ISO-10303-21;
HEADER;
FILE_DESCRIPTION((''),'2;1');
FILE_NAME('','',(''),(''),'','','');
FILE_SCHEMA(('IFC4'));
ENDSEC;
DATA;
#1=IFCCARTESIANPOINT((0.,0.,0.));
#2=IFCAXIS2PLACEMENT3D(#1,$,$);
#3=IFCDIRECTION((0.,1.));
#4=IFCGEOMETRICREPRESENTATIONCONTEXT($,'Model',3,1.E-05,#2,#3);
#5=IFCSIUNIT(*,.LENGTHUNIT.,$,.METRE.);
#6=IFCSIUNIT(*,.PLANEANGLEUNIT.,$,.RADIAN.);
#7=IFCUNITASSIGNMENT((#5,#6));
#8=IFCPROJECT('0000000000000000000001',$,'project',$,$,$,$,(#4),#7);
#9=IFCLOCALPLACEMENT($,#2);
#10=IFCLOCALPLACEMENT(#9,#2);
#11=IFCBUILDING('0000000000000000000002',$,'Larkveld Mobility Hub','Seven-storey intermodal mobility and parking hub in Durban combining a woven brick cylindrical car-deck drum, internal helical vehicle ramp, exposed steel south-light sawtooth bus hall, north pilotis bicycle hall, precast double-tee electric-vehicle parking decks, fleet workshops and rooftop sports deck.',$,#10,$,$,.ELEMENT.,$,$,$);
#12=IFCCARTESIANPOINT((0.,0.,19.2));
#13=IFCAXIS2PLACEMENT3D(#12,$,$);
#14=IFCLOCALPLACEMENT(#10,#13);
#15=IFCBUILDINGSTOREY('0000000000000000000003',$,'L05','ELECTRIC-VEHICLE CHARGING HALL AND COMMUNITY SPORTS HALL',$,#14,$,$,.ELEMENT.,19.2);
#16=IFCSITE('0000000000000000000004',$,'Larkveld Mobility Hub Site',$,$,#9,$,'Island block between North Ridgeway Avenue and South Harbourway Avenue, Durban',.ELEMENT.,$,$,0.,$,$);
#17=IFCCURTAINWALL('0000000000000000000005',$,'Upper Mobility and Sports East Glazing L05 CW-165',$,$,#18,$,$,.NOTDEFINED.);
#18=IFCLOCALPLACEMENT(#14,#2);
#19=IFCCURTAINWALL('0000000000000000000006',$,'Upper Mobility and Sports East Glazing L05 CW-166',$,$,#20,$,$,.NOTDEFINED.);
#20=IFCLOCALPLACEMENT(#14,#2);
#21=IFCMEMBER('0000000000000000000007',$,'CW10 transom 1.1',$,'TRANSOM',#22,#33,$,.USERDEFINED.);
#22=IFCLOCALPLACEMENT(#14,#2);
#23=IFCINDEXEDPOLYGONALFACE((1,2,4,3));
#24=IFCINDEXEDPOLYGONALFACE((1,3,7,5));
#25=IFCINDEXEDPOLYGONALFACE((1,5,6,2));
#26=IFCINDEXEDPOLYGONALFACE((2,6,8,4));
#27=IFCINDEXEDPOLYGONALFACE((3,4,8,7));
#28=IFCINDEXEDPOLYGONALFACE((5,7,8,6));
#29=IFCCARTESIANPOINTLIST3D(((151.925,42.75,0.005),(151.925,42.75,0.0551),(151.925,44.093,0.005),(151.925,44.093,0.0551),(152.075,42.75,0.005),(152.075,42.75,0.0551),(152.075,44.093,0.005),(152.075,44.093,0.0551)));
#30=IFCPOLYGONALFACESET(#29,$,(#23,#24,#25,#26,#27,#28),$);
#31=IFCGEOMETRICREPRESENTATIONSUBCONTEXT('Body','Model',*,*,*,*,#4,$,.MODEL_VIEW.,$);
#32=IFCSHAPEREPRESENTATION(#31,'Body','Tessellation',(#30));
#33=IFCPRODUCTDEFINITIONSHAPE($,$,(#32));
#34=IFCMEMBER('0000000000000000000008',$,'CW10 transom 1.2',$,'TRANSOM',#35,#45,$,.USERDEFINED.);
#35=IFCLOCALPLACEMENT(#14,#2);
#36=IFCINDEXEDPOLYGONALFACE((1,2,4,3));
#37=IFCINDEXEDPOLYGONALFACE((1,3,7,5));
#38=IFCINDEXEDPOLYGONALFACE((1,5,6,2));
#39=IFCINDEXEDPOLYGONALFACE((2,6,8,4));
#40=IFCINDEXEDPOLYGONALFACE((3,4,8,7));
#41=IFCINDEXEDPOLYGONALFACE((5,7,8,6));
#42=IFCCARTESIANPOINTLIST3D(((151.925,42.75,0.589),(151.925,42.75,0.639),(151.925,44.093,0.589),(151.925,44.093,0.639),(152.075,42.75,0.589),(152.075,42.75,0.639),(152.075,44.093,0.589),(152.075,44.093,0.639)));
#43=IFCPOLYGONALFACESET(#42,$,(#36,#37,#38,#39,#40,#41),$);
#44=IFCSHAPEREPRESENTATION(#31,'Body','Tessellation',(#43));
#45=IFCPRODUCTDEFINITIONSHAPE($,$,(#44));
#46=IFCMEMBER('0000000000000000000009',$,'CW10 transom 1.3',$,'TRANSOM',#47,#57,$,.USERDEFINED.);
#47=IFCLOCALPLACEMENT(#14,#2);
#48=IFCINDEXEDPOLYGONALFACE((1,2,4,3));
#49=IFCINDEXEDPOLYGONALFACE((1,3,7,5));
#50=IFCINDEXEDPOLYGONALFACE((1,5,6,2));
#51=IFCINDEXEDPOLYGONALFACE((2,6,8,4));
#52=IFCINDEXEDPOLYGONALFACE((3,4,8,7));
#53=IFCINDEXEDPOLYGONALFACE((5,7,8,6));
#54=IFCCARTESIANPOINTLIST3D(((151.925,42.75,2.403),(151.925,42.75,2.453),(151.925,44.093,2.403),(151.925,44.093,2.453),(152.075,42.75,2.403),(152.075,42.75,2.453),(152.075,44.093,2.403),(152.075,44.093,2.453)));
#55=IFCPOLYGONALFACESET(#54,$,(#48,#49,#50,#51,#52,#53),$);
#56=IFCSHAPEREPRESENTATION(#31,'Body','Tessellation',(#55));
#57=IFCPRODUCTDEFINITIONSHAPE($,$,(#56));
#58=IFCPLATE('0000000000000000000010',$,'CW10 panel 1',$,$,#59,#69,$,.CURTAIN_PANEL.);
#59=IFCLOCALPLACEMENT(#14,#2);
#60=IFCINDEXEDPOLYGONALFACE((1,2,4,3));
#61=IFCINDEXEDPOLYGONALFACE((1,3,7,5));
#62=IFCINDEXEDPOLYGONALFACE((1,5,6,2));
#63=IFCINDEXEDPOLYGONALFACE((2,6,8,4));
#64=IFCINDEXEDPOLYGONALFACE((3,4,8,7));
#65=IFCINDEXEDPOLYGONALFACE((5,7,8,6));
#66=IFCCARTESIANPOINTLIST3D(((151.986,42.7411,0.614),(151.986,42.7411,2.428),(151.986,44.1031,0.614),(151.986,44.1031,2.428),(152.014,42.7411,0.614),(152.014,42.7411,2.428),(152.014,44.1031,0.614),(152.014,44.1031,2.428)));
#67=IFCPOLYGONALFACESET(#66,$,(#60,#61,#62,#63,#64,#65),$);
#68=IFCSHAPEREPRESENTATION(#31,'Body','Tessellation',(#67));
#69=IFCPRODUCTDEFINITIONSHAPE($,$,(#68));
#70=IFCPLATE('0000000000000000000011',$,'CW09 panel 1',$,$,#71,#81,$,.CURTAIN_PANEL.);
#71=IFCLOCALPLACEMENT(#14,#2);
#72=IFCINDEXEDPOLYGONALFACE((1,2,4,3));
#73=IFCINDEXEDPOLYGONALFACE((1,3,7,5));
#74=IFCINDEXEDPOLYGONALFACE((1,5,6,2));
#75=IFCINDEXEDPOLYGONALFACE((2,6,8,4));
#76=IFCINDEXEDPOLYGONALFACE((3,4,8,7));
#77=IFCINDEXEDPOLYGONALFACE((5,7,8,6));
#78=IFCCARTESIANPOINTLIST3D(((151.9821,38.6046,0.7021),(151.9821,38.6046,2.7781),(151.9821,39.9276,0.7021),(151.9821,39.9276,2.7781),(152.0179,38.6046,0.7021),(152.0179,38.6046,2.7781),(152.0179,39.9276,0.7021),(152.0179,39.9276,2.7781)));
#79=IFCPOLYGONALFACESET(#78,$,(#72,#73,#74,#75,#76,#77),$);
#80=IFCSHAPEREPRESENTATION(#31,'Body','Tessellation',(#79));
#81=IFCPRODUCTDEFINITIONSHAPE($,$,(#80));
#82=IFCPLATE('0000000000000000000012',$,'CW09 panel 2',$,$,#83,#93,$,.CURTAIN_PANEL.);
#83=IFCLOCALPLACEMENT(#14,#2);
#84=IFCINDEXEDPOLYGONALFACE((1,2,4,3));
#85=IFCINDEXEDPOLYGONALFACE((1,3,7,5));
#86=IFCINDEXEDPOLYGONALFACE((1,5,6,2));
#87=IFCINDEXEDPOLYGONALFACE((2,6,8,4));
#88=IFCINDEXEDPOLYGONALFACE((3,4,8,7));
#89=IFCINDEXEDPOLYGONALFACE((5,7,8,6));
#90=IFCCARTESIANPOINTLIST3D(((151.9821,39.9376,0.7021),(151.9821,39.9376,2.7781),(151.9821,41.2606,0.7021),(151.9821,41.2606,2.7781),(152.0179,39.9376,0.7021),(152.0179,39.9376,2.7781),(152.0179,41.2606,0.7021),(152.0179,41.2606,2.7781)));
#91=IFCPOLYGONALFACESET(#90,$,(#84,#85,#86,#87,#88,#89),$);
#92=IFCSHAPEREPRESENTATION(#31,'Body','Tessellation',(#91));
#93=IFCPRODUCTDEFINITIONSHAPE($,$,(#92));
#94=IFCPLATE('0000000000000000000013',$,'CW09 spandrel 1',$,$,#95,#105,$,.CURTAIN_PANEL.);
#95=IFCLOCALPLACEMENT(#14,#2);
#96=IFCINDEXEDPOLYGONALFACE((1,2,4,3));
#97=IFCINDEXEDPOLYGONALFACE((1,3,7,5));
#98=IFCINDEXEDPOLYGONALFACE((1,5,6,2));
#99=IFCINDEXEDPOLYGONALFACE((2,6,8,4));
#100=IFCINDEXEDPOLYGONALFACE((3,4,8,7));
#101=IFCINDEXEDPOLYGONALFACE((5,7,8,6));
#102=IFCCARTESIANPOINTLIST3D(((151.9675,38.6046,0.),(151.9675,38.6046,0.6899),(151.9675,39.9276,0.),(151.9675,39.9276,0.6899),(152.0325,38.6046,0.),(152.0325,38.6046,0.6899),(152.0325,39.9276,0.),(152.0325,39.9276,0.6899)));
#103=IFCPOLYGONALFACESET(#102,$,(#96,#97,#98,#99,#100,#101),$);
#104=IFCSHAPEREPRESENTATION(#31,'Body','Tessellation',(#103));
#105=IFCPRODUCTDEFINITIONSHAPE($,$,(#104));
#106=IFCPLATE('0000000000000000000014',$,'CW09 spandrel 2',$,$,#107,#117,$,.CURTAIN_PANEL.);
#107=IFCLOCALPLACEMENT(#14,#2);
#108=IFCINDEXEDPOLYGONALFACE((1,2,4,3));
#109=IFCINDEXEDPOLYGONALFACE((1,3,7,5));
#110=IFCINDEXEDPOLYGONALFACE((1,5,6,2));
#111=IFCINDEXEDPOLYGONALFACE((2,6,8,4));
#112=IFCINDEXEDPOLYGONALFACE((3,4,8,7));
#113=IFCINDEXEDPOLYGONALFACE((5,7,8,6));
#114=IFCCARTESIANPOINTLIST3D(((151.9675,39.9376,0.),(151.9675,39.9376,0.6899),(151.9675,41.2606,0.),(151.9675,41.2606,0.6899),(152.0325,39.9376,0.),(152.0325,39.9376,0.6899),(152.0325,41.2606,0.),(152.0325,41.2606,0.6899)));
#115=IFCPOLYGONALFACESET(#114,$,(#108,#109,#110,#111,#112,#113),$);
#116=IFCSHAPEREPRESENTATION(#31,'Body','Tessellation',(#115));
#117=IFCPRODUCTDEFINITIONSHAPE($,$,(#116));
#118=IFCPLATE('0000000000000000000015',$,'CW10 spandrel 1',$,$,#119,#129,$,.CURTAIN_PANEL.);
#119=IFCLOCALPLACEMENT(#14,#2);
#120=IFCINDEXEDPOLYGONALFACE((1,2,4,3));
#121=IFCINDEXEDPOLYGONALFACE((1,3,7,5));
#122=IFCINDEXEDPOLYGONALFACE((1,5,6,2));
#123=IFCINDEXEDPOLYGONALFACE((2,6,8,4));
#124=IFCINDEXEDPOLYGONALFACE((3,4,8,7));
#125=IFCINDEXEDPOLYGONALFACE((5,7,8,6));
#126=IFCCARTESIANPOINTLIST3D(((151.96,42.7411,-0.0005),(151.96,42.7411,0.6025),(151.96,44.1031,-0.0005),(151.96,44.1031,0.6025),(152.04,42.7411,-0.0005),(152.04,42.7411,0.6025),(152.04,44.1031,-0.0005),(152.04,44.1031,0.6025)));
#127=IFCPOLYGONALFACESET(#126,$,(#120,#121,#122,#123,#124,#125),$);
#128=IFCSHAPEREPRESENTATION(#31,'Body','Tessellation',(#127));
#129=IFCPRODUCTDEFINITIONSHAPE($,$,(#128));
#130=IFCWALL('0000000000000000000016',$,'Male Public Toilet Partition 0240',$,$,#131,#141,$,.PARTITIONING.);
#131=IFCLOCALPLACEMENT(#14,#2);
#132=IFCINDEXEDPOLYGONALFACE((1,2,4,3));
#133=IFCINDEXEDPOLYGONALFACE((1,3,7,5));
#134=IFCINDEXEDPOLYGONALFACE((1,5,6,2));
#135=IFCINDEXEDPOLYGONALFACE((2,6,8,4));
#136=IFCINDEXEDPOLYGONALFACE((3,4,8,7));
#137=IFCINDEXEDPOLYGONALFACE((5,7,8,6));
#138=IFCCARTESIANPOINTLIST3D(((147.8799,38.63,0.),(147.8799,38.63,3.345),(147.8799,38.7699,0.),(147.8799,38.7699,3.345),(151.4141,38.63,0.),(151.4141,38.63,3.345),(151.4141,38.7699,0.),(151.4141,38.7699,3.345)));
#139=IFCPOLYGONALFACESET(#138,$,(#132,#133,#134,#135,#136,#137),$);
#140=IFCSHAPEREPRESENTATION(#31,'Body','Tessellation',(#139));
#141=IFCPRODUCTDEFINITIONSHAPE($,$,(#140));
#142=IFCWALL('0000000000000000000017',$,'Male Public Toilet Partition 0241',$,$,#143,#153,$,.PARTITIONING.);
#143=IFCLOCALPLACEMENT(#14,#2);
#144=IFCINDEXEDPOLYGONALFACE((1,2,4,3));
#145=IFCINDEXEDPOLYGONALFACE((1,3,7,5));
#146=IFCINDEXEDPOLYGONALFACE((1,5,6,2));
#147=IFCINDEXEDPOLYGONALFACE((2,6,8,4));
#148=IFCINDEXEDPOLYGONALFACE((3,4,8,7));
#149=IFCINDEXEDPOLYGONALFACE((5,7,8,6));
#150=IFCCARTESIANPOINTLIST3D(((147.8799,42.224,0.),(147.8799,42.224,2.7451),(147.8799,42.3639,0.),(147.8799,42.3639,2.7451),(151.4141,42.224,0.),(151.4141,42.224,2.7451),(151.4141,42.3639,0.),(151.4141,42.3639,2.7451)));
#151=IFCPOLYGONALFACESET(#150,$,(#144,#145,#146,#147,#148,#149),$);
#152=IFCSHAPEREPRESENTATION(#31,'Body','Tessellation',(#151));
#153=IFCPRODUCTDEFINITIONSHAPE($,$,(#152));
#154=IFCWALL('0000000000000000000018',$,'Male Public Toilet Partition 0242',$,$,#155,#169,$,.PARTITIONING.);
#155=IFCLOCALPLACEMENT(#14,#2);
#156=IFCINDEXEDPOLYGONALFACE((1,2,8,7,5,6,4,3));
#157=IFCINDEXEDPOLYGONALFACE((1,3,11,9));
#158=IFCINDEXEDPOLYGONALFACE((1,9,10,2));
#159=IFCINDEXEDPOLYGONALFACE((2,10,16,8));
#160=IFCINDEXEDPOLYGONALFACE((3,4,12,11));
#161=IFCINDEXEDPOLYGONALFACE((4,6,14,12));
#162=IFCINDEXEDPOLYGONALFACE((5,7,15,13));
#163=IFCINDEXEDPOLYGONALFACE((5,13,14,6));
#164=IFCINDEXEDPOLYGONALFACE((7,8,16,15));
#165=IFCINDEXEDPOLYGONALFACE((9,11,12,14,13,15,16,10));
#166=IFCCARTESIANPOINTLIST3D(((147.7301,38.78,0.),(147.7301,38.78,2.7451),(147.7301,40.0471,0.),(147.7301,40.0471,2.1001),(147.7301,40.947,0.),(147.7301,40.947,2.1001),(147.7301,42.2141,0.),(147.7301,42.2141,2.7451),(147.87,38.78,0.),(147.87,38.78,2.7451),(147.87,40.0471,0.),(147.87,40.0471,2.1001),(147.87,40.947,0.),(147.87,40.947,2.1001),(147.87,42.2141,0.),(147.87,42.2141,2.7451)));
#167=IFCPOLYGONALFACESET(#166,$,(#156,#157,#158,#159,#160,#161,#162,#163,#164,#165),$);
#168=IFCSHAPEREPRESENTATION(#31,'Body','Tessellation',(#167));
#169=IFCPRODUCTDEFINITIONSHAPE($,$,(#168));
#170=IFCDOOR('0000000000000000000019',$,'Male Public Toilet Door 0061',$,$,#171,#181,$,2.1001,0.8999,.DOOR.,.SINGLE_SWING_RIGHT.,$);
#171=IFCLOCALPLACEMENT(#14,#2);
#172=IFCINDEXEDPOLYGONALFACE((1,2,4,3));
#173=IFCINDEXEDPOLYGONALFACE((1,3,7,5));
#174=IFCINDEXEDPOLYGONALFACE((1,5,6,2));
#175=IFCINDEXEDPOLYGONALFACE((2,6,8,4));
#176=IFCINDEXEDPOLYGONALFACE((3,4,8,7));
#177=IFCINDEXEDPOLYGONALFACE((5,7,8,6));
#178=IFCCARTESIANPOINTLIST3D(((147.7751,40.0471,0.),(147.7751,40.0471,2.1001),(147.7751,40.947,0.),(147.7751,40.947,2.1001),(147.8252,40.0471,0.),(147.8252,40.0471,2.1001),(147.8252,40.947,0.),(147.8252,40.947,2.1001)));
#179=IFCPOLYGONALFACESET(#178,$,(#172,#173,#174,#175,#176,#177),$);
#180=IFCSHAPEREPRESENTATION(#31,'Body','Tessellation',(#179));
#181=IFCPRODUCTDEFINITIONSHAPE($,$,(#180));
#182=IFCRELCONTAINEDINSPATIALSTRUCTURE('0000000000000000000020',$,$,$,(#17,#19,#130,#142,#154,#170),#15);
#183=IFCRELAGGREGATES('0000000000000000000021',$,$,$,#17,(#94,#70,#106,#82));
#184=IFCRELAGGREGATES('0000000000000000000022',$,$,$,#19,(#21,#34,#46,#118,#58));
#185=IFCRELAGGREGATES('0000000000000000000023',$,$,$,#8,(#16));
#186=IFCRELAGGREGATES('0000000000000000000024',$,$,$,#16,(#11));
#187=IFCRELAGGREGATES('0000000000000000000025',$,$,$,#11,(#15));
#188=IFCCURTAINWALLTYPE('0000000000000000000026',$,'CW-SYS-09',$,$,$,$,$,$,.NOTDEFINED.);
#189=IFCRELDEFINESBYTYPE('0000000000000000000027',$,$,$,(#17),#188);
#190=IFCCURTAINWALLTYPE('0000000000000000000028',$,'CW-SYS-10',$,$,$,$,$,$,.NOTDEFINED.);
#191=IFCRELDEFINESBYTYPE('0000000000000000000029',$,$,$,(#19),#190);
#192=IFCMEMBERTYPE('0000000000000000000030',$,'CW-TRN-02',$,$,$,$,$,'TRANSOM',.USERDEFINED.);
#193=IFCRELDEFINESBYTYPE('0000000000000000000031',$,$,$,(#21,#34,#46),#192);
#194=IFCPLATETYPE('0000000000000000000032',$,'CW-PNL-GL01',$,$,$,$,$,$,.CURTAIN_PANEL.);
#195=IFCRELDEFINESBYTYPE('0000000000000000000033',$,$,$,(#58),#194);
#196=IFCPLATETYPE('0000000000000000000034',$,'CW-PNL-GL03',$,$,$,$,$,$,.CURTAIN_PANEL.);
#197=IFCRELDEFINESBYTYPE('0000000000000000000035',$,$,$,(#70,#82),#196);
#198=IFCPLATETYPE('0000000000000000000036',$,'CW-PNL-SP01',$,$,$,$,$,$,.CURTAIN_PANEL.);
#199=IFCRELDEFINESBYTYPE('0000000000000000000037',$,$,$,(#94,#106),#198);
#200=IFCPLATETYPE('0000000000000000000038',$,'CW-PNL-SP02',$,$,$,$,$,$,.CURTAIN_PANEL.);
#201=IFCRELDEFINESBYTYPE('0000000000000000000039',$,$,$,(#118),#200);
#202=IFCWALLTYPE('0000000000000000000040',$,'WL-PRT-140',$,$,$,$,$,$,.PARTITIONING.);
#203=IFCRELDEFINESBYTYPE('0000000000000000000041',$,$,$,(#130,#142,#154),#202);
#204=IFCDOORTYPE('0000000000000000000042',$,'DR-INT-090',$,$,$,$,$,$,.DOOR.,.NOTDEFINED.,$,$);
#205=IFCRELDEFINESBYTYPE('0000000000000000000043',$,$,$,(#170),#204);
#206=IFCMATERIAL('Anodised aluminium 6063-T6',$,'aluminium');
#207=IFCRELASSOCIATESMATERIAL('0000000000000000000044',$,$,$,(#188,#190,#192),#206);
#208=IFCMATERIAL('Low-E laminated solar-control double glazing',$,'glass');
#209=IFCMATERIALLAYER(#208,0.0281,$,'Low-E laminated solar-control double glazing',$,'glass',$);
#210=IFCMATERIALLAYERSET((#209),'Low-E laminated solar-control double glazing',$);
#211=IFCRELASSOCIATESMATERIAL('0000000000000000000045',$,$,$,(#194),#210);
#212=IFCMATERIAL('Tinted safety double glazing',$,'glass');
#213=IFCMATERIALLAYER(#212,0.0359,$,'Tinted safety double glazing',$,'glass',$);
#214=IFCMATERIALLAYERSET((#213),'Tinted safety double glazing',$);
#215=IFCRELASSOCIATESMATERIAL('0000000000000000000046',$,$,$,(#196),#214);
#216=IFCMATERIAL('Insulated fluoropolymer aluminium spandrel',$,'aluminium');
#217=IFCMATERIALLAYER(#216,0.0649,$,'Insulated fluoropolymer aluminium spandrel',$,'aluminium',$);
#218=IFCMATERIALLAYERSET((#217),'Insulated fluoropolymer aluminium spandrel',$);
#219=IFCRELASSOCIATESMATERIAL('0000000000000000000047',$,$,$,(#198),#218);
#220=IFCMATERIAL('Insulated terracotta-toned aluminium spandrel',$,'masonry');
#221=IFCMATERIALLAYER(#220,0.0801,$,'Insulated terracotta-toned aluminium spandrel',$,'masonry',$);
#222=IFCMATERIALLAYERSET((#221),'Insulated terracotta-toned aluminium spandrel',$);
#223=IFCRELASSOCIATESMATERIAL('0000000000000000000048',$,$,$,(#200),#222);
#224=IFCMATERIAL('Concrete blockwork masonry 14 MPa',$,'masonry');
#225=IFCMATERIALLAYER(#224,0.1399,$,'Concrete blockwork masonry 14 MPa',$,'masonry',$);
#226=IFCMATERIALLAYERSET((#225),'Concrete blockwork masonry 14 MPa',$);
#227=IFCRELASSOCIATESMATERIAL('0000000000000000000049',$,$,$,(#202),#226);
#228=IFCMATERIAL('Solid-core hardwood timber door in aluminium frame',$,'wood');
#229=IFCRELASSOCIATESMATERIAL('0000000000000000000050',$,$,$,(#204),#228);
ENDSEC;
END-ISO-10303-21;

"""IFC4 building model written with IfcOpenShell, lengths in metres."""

from ifc_helpers import new_model, si_unit, direction, frame, frame_2d, origin, origin_2d, place, context, subcontext, project, spatial, rectangle, extrude, material, layer, layer_set, material_profile, profile_set, type_object, element, fill, aggregate, save


model = new_model("IFC4")

# Units and contexts
model_context = context("Model", 3, precision=1e-05, world=origin(), true_north=direction((0.0, 1.0)))
body_context = subcontext(model_context, "Body", "Model", "MODEL_VIEW")
ifc_project = project(units=[si_unit("LENGTHUNIT", "METRE"), si_unit("PLANEANGLEUNIT", "RADIAN")], contexts=[model_context])

# Site, building, storey
site_placement = place(None, origin())
site = spatial("IfcSite", under=ifc_project, at=site_placement, Name="Larkveld Mobility Hub Site", LongName="Island block between North Ridgeway Avenue and South Harbourway Avenue, Durban", CompositionType="ELEMENT", RefElevation=0.0)
building_placement = place(site_placement, origin())
building = spatial("IfcBuilding", under=site, at=building_placement, Name="Larkveld Mobility Hub", Description="Seven-storey intermodal mobility and parking hub in Durban combining a woven brick cylindrical car-deck drum, internal helical vehicle ramp, exposed steel south-light sawtooth bus hall, north pilotis bicycle hall, precast double-tee electric-vehicle parking decks, fleet workshops and rooftop sports deck.", CompositionType="ELEMENT")
storey_placement = place(building_placement, frame((0.0, 0.0, 19.2)))
storey = spatial("IfcBuildingStorey", under=building, at=storey_placement, Name="L05", Description="ELECTRIC-VEHICLE CHARGING HALL AND COMMUNITY SPORTS HALL", CompositionType="ELEMENT", Elevation=19.2)

# Curtain walls
ifc_material_1 = material(Name="Anodised aluminium 6063-T6", Category="aluminium")
curtain_wall_type_1 = type_object("IfcCurtainWallType", Name="CW-SYS-09", PredefinedType="NOTDEFINED", material=ifc_material_1)
curtain_wall_1_placement = place(storey_placement, origin())
curtain_wall_1 = element("IfcCurtainWall", 1, at=curtain_wall_1_placement, inside=storey, type_object=curtain_wall_type_1, Name="Upper Mobility and Sports East Glazing L05 CW-165", PredefinedType="NOTDEFINED")
curtain_wall_type_2 = type_object("IfcCurtainWallType", Name="CW-SYS-10", PredefinedType="NOTDEFINED", material=ifc_material_1)
curtain_wall_2_placement = place(storey_placement, origin())
curtain_wall_2 = element("IfcCurtainWall", 2, at=curtain_wall_2_placement, inside=storey, type_object=curtain_wall_type_2, Name="Upper Mobility and Sports East Glazing L05 CW-166", PredefinedType="NOTDEFINED")

# Members
ifc_material_profile_1 = material_profile(ifc_material_1, rectangle(XDim=0.1499, YDim=0.05, at=origin_2d()), Name="ALU TRAN 50x150")
ifc_profile_set_1 = profile_set([ifc_material_profile_1], Name="Anodised aluminium 6063-T6")
member_type_1 = type_object("IfcMemberType", Name="CW-TRN-02", ElementType="TRANSOM", PredefinedType="USERDEFINED", material=ifc_profile_set_1)
member_1_placement = place(storey_placement, frame((152.0, 42.75, 0.03), z_axis=(0.0, 1.0, 0.0), x_axis=(-1.0, 0.0, 0.0)))
member_1 = element("IfcMember", 3, at=member_1_placement, type_object=member_type_1, Name="CW10 transom 1.1", ObjectType="TRANSOM", PredefinedType="USERDEFINED", context=body_context, shape_type="SweptSolid", body=[
    extrude(rectangle(XDim=0.1499, YDim=0.05, at=origin_2d()), origin(), (0.0, 0.0, 1.0), 1.343),
])
member_2_placement = place(storey_placement, frame((152.0, 42.75, 0.614), z_axis=(0.0, 1.0, 0.0), x_axis=(-1.0, 0.0, 0.0)))
member_2 = element("IfcMember", 4, at=member_2_placement, type_object=member_type_1, Name="CW10 transom 1.2", ObjectType="TRANSOM", PredefinedType="USERDEFINED", context=body_context, shape_type="SweptSolid", body=[
    extrude(rectangle(XDim=0.1499, YDim=0.05, at=origin_2d()), origin(), (0.0, 0.0, 1.0), 1.343),
])
member_3_placement = place(storey_placement, frame((152.0, 42.75, 2.428), z_axis=(0.0, 1.0, 0.0), x_axis=(-1.0, 0.0, 0.0)))
member_3 = element("IfcMember", 5, at=member_3_placement, type_object=member_type_1, Name="CW10 transom 1.3", ObjectType="TRANSOM", PredefinedType="USERDEFINED", context=body_context, shape_type="SweptSolid", body=[
    extrude(rectangle(XDim=0.1499, YDim=0.05, at=origin_2d()), origin(), (0.0, 0.0, 1.0), 1.343),
])

# Plates
ifc_material_2 = material(Name="Low-E laminated solar-control double glazing", Category="glass")
ifc_layer_1 = layer(ifc_material_2, 0.0281, Name="Low-E laminated solar-control double glazing", Category="glass")
ifc_layer_set_1 = layer_set([ifc_layer_1], Name="Low-E laminated solar-control double glazing")
plate_type_1 = type_object("IfcPlateType", Name="CW-PNL-GL01", PredefinedType="CURTAIN_PANEL", material=ifc_layer_set_1)
plate_1_placement = place(storey_placement, frame((152.0, 43.4221, 0.614), z_axis=(0.0, 0.0, 1.0), x_axis=(0.0, 1.0, 0.0)))
plate_1 = element("IfcPlate", 6, at=plate_1_placement, type_object=plate_type_1, Name="CW10 panel 1", PredefinedType="CURTAIN_PANEL", context=body_context, shape_type="SweptSolid", body=[
    extrude(rectangle(XDim=1.3621, YDim=0.0281, at=origin_2d()), origin(), (0.0, 0.0, 1.0), 1.814),
])
ifc_material_3 = material(Name="Tinted safety double glazing", Category="glass")
ifc_layer_2 = layer(ifc_material_3, 0.0359, Name="Tinted safety double glazing", Category="glass")
ifc_layer_set_2 = layer_set([ifc_layer_2], Name="Tinted safety double glazing")
plate_type_2 = type_object("IfcPlateType", Name="CW-PNL-GL03", PredefinedType="CURTAIN_PANEL", material=ifc_layer_set_2)
plate_2_placement = place(storey_placement, frame((152.0, 39.2661, 0.7021), z_axis=(0.0, 0.0, 1.0), x_axis=(0.0, 1.0, 0.0)))
plate_2 = element("IfcPlate", 7, at=plate_2_placement, type_object=plate_type_2, Name="CW09 panel 1", PredefinedType="CURTAIN_PANEL", context=body_context, shape_type="SweptSolid", body=[
    extrude(rectangle(XDim=1.323, YDim=0.0359, at=origin_2d()), origin(), (0.0, 0.0, 1.0), 2.0759),
])
plate_3_placement = place(storey_placement, frame((152.0, 40.5991, 0.7021), z_axis=(0.0, 0.0, 1.0), x_axis=(0.0, 1.0, 0.0)))
plate_3 = element("IfcPlate", 8, at=plate_3_placement, type_object=plate_type_2, Name="CW09 panel 2", PredefinedType="CURTAIN_PANEL", context=body_context, shape_type="SweptSolid", body=[
    extrude(rectangle(XDim=1.323, YDim=0.0359, at=origin_2d()), origin(), (0.0, 0.0, 1.0), 2.0759),
])
ifc_material_4 = material(Name="Insulated fluoropolymer aluminium spandrel", Category="aluminium")
ifc_layer_3 = layer(ifc_material_4, 0.0649, Name="Insulated fluoropolymer aluminium spandrel", Category="aluminium")
ifc_layer_set_3 = layer_set([ifc_layer_3], Name="Insulated fluoropolymer aluminium spandrel")
plate_type_3 = type_object("IfcPlateType", Name="CW-PNL-SP01", PredefinedType="CURTAIN_PANEL", material=ifc_layer_set_3)
plate_4_placement = place(storey_placement, frame((152.0, 39.2661, 0.0), z_axis=(0.0, 0.0, 1.0), x_axis=(0.0, 1.0, 0.0)))
plate_4 = element("IfcPlate", 9, at=plate_4_placement, type_object=plate_type_3, Name="CW09 spandrel 1", PredefinedType="CURTAIN_PANEL", context=body_context, shape_type="SweptSolid", body=[
    extrude(rectangle(XDim=1.323, YDim=0.0649, at=origin_2d()), origin(), (0.0, 0.0, 1.0), 0.6899),
])
plate_5_placement = place(storey_placement, frame((152.0, 40.5991, 0.0), z_axis=(0.0, 0.0, 1.0), x_axis=(0.0, 1.0, 0.0)))
plate_5 = element("IfcPlate", 10, at=plate_5_placement, type_object=plate_type_3, Name="CW09 spandrel 2", PredefinedType="CURTAIN_PANEL", context=body_context, shape_type="SweptSolid", body=[
    extrude(rectangle(XDim=1.323, YDim=0.0649, at=origin_2d()), origin(), (0.0, 0.0, 1.0), 0.6899),
])
aggregate(curtain_wall_1, [plate_4, plate_2, plate_5, plate_3])
ifc_material_5 = material(Name="Insulated terracotta-toned aluminium spandrel", Category="masonry")
ifc_layer_4 = layer(ifc_material_5, 0.0801, Name="Insulated terracotta-toned aluminium spandrel", Category="masonry")
ifc_layer_set_4 = layer_set([ifc_layer_4], Name="Insulated terracotta-toned aluminium spandrel")
plate_type_4 = type_object("IfcPlateType", Name="CW-PNL-SP02", PredefinedType="CURTAIN_PANEL", material=ifc_layer_set_4)
plate_6_placement = place(storey_placement, frame((152.0, 43.4221, -0.0005), z_axis=(0.0, 0.0, 1.0), x_axis=(0.0, 1.0, 0.0)))
plate_6 = element("IfcPlate", 11, at=plate_6_placement, type_object=plate_type_4, Name="CW10 spandrel 1", PredefinedType="CURTAIN_PANEL", context=body_context, shape_type="SweptSolid", body=[
    extrude(rectangle(XDim=1.3621, YDim=0.0801, at=origin_2d()), origin(), (0.0, 0.0, 1.0), 0.603),
])
aggregate(curtain_wall_2, [member_1, member_2, member_3, plate_6, plate_1])

# Walls
ifc_material_6 = material(Name="Concrete blockwork masonry 14 MPa", Category="masonry")
ifc_layer_5 = layer(ifc_material_6, 0.1399, Name="Concrete blockwork masonry 14 MPa", Category="masonry")
ifc_layer_set_5 = layer_set([ifc_layer_5], Name="Concrete blockwork masonry 14 MPa")
wall_type_1 = type_object("IfcWallType", Name="WL-PRT-140", PredefinedType="PARTITIONING", material=ifc_layer_set_5)
wall_1_placement = place(storey_placement, frame((147.8799, 38.7, 0.0), z_axis=(0.0, 0.0, 1.0), x_axis=(1.0, 0.0, 0.0)))
element("IfcWall", 12, at=wall_1_placement, inside=storey, type_object=wall_type_1, Name="Male Public Toilet Partition 0240", PredefinedType="PARTITIONING", context=body_context, shape_type="SweptSolid", body=[
    extrude(rectangle(XDim=3.5342, YDim=0.1399, at=frame_2d((1.7671, 0.0))), origin(), (0.0, 0.0, 1.0), 3.345),
])
wall_2_placement = place(storey_placement, frame((147.8799, 42.2939, 0.0), z_axis=(0.0, 0.0, 1.0), x_axis=(1.0, 0.0, 0.0)))
element("IfcWall", 13, at=wall_2_placement, inside=storey, type_object=wall_type_1, Name="Male Public Toilet Partition 0241", PredefinedType="PARTITIONING", context=body_context, shape_type="SweptSolid", body=[
    extrude(rectangle(XDim=3.5342, YDim=0.1399, at=frame_2d((1.7671, 0.0))), origin(), (0.0, 0.0, 1.0), 2.7451),
])

# Wall, opening, door
wall_3_placement = place(storey_placement, frame((147.8, 38.78, 0.0), z_axis=(0.0, 0.0, 1.0), x_axis=(0.0, 1.0, 0.0)))
wall_3 = element("IfcWall", 14, at=wall_3_placement, inside=storey, type_object=wall_type_1, Name="Male Public Toilet Partition 0242", PredefinedType="PARTITIONING", context=body_context, shape_type="SweptSolid", body=[
    extrude(rectangle(XDim=3.4341, YDim=0.1399, at=frame_2d((1.717, 0.0))), origin(), (0.0, 0.0, 1.0), 2.7451),
])
opening_1_placement = place(wall_3_placement, frame((1.2671, 0.0, 0.0)))
opening_1 = element("IfcOpeningElement", 15, at=opening_1_placement, cuts=wall_3, PredefinedType="OPENING", context=body_context, shape_type="SweptSolid", body=[
    extrude(rectangle(XDim=0.8999, YDim=2.1001, at=frame_2d((0.45, 1.05))), frame((0.0, 0.0801, 0.0), z_axis=(0.0, -1.0, 0.0), x_axis=(1.0, 0.0, 0.0)), (0.0, 0.0, 1.0), 0.1599),
])
ifc_material_7 = material(Name="Solid-core hardwood timber door in aluminium frame", Category="wood")
door_type = type_object("IfcDoorType", Name="DR-INT-090", OperationType="NOTDEFINED", PredefinedType="DOOR", material=ifc_material_7)
door_1_placement = place(opening_1_placement, origin())
door_1 = element("IfcDoor", 16, at=door_1_placement, inside=storey, type_object=door_type, Name="Male Public Toilet Door 0061", OperationType="SINGLE_SWING_RIGHT", OverallHeight=2.1001, OverallWidth=0.8999, PredefinedType="DOOR", context=body_context, shape_type="SweptSolid", body=[
    extrude(rectangle(XDim=0.8999, YDim=2.1001, at=frame_2d((0.45, 1.05))), frame((0.0, 0.0249, 0.0), z_axis=(0.0, -1.0, 0.0), x_axis=(1.0, 0.0, 0.0)), (0.0, 0.0, 1.0), 0.05),
])
fill(opening_1, door_1)

save(model, "model.ifc")
